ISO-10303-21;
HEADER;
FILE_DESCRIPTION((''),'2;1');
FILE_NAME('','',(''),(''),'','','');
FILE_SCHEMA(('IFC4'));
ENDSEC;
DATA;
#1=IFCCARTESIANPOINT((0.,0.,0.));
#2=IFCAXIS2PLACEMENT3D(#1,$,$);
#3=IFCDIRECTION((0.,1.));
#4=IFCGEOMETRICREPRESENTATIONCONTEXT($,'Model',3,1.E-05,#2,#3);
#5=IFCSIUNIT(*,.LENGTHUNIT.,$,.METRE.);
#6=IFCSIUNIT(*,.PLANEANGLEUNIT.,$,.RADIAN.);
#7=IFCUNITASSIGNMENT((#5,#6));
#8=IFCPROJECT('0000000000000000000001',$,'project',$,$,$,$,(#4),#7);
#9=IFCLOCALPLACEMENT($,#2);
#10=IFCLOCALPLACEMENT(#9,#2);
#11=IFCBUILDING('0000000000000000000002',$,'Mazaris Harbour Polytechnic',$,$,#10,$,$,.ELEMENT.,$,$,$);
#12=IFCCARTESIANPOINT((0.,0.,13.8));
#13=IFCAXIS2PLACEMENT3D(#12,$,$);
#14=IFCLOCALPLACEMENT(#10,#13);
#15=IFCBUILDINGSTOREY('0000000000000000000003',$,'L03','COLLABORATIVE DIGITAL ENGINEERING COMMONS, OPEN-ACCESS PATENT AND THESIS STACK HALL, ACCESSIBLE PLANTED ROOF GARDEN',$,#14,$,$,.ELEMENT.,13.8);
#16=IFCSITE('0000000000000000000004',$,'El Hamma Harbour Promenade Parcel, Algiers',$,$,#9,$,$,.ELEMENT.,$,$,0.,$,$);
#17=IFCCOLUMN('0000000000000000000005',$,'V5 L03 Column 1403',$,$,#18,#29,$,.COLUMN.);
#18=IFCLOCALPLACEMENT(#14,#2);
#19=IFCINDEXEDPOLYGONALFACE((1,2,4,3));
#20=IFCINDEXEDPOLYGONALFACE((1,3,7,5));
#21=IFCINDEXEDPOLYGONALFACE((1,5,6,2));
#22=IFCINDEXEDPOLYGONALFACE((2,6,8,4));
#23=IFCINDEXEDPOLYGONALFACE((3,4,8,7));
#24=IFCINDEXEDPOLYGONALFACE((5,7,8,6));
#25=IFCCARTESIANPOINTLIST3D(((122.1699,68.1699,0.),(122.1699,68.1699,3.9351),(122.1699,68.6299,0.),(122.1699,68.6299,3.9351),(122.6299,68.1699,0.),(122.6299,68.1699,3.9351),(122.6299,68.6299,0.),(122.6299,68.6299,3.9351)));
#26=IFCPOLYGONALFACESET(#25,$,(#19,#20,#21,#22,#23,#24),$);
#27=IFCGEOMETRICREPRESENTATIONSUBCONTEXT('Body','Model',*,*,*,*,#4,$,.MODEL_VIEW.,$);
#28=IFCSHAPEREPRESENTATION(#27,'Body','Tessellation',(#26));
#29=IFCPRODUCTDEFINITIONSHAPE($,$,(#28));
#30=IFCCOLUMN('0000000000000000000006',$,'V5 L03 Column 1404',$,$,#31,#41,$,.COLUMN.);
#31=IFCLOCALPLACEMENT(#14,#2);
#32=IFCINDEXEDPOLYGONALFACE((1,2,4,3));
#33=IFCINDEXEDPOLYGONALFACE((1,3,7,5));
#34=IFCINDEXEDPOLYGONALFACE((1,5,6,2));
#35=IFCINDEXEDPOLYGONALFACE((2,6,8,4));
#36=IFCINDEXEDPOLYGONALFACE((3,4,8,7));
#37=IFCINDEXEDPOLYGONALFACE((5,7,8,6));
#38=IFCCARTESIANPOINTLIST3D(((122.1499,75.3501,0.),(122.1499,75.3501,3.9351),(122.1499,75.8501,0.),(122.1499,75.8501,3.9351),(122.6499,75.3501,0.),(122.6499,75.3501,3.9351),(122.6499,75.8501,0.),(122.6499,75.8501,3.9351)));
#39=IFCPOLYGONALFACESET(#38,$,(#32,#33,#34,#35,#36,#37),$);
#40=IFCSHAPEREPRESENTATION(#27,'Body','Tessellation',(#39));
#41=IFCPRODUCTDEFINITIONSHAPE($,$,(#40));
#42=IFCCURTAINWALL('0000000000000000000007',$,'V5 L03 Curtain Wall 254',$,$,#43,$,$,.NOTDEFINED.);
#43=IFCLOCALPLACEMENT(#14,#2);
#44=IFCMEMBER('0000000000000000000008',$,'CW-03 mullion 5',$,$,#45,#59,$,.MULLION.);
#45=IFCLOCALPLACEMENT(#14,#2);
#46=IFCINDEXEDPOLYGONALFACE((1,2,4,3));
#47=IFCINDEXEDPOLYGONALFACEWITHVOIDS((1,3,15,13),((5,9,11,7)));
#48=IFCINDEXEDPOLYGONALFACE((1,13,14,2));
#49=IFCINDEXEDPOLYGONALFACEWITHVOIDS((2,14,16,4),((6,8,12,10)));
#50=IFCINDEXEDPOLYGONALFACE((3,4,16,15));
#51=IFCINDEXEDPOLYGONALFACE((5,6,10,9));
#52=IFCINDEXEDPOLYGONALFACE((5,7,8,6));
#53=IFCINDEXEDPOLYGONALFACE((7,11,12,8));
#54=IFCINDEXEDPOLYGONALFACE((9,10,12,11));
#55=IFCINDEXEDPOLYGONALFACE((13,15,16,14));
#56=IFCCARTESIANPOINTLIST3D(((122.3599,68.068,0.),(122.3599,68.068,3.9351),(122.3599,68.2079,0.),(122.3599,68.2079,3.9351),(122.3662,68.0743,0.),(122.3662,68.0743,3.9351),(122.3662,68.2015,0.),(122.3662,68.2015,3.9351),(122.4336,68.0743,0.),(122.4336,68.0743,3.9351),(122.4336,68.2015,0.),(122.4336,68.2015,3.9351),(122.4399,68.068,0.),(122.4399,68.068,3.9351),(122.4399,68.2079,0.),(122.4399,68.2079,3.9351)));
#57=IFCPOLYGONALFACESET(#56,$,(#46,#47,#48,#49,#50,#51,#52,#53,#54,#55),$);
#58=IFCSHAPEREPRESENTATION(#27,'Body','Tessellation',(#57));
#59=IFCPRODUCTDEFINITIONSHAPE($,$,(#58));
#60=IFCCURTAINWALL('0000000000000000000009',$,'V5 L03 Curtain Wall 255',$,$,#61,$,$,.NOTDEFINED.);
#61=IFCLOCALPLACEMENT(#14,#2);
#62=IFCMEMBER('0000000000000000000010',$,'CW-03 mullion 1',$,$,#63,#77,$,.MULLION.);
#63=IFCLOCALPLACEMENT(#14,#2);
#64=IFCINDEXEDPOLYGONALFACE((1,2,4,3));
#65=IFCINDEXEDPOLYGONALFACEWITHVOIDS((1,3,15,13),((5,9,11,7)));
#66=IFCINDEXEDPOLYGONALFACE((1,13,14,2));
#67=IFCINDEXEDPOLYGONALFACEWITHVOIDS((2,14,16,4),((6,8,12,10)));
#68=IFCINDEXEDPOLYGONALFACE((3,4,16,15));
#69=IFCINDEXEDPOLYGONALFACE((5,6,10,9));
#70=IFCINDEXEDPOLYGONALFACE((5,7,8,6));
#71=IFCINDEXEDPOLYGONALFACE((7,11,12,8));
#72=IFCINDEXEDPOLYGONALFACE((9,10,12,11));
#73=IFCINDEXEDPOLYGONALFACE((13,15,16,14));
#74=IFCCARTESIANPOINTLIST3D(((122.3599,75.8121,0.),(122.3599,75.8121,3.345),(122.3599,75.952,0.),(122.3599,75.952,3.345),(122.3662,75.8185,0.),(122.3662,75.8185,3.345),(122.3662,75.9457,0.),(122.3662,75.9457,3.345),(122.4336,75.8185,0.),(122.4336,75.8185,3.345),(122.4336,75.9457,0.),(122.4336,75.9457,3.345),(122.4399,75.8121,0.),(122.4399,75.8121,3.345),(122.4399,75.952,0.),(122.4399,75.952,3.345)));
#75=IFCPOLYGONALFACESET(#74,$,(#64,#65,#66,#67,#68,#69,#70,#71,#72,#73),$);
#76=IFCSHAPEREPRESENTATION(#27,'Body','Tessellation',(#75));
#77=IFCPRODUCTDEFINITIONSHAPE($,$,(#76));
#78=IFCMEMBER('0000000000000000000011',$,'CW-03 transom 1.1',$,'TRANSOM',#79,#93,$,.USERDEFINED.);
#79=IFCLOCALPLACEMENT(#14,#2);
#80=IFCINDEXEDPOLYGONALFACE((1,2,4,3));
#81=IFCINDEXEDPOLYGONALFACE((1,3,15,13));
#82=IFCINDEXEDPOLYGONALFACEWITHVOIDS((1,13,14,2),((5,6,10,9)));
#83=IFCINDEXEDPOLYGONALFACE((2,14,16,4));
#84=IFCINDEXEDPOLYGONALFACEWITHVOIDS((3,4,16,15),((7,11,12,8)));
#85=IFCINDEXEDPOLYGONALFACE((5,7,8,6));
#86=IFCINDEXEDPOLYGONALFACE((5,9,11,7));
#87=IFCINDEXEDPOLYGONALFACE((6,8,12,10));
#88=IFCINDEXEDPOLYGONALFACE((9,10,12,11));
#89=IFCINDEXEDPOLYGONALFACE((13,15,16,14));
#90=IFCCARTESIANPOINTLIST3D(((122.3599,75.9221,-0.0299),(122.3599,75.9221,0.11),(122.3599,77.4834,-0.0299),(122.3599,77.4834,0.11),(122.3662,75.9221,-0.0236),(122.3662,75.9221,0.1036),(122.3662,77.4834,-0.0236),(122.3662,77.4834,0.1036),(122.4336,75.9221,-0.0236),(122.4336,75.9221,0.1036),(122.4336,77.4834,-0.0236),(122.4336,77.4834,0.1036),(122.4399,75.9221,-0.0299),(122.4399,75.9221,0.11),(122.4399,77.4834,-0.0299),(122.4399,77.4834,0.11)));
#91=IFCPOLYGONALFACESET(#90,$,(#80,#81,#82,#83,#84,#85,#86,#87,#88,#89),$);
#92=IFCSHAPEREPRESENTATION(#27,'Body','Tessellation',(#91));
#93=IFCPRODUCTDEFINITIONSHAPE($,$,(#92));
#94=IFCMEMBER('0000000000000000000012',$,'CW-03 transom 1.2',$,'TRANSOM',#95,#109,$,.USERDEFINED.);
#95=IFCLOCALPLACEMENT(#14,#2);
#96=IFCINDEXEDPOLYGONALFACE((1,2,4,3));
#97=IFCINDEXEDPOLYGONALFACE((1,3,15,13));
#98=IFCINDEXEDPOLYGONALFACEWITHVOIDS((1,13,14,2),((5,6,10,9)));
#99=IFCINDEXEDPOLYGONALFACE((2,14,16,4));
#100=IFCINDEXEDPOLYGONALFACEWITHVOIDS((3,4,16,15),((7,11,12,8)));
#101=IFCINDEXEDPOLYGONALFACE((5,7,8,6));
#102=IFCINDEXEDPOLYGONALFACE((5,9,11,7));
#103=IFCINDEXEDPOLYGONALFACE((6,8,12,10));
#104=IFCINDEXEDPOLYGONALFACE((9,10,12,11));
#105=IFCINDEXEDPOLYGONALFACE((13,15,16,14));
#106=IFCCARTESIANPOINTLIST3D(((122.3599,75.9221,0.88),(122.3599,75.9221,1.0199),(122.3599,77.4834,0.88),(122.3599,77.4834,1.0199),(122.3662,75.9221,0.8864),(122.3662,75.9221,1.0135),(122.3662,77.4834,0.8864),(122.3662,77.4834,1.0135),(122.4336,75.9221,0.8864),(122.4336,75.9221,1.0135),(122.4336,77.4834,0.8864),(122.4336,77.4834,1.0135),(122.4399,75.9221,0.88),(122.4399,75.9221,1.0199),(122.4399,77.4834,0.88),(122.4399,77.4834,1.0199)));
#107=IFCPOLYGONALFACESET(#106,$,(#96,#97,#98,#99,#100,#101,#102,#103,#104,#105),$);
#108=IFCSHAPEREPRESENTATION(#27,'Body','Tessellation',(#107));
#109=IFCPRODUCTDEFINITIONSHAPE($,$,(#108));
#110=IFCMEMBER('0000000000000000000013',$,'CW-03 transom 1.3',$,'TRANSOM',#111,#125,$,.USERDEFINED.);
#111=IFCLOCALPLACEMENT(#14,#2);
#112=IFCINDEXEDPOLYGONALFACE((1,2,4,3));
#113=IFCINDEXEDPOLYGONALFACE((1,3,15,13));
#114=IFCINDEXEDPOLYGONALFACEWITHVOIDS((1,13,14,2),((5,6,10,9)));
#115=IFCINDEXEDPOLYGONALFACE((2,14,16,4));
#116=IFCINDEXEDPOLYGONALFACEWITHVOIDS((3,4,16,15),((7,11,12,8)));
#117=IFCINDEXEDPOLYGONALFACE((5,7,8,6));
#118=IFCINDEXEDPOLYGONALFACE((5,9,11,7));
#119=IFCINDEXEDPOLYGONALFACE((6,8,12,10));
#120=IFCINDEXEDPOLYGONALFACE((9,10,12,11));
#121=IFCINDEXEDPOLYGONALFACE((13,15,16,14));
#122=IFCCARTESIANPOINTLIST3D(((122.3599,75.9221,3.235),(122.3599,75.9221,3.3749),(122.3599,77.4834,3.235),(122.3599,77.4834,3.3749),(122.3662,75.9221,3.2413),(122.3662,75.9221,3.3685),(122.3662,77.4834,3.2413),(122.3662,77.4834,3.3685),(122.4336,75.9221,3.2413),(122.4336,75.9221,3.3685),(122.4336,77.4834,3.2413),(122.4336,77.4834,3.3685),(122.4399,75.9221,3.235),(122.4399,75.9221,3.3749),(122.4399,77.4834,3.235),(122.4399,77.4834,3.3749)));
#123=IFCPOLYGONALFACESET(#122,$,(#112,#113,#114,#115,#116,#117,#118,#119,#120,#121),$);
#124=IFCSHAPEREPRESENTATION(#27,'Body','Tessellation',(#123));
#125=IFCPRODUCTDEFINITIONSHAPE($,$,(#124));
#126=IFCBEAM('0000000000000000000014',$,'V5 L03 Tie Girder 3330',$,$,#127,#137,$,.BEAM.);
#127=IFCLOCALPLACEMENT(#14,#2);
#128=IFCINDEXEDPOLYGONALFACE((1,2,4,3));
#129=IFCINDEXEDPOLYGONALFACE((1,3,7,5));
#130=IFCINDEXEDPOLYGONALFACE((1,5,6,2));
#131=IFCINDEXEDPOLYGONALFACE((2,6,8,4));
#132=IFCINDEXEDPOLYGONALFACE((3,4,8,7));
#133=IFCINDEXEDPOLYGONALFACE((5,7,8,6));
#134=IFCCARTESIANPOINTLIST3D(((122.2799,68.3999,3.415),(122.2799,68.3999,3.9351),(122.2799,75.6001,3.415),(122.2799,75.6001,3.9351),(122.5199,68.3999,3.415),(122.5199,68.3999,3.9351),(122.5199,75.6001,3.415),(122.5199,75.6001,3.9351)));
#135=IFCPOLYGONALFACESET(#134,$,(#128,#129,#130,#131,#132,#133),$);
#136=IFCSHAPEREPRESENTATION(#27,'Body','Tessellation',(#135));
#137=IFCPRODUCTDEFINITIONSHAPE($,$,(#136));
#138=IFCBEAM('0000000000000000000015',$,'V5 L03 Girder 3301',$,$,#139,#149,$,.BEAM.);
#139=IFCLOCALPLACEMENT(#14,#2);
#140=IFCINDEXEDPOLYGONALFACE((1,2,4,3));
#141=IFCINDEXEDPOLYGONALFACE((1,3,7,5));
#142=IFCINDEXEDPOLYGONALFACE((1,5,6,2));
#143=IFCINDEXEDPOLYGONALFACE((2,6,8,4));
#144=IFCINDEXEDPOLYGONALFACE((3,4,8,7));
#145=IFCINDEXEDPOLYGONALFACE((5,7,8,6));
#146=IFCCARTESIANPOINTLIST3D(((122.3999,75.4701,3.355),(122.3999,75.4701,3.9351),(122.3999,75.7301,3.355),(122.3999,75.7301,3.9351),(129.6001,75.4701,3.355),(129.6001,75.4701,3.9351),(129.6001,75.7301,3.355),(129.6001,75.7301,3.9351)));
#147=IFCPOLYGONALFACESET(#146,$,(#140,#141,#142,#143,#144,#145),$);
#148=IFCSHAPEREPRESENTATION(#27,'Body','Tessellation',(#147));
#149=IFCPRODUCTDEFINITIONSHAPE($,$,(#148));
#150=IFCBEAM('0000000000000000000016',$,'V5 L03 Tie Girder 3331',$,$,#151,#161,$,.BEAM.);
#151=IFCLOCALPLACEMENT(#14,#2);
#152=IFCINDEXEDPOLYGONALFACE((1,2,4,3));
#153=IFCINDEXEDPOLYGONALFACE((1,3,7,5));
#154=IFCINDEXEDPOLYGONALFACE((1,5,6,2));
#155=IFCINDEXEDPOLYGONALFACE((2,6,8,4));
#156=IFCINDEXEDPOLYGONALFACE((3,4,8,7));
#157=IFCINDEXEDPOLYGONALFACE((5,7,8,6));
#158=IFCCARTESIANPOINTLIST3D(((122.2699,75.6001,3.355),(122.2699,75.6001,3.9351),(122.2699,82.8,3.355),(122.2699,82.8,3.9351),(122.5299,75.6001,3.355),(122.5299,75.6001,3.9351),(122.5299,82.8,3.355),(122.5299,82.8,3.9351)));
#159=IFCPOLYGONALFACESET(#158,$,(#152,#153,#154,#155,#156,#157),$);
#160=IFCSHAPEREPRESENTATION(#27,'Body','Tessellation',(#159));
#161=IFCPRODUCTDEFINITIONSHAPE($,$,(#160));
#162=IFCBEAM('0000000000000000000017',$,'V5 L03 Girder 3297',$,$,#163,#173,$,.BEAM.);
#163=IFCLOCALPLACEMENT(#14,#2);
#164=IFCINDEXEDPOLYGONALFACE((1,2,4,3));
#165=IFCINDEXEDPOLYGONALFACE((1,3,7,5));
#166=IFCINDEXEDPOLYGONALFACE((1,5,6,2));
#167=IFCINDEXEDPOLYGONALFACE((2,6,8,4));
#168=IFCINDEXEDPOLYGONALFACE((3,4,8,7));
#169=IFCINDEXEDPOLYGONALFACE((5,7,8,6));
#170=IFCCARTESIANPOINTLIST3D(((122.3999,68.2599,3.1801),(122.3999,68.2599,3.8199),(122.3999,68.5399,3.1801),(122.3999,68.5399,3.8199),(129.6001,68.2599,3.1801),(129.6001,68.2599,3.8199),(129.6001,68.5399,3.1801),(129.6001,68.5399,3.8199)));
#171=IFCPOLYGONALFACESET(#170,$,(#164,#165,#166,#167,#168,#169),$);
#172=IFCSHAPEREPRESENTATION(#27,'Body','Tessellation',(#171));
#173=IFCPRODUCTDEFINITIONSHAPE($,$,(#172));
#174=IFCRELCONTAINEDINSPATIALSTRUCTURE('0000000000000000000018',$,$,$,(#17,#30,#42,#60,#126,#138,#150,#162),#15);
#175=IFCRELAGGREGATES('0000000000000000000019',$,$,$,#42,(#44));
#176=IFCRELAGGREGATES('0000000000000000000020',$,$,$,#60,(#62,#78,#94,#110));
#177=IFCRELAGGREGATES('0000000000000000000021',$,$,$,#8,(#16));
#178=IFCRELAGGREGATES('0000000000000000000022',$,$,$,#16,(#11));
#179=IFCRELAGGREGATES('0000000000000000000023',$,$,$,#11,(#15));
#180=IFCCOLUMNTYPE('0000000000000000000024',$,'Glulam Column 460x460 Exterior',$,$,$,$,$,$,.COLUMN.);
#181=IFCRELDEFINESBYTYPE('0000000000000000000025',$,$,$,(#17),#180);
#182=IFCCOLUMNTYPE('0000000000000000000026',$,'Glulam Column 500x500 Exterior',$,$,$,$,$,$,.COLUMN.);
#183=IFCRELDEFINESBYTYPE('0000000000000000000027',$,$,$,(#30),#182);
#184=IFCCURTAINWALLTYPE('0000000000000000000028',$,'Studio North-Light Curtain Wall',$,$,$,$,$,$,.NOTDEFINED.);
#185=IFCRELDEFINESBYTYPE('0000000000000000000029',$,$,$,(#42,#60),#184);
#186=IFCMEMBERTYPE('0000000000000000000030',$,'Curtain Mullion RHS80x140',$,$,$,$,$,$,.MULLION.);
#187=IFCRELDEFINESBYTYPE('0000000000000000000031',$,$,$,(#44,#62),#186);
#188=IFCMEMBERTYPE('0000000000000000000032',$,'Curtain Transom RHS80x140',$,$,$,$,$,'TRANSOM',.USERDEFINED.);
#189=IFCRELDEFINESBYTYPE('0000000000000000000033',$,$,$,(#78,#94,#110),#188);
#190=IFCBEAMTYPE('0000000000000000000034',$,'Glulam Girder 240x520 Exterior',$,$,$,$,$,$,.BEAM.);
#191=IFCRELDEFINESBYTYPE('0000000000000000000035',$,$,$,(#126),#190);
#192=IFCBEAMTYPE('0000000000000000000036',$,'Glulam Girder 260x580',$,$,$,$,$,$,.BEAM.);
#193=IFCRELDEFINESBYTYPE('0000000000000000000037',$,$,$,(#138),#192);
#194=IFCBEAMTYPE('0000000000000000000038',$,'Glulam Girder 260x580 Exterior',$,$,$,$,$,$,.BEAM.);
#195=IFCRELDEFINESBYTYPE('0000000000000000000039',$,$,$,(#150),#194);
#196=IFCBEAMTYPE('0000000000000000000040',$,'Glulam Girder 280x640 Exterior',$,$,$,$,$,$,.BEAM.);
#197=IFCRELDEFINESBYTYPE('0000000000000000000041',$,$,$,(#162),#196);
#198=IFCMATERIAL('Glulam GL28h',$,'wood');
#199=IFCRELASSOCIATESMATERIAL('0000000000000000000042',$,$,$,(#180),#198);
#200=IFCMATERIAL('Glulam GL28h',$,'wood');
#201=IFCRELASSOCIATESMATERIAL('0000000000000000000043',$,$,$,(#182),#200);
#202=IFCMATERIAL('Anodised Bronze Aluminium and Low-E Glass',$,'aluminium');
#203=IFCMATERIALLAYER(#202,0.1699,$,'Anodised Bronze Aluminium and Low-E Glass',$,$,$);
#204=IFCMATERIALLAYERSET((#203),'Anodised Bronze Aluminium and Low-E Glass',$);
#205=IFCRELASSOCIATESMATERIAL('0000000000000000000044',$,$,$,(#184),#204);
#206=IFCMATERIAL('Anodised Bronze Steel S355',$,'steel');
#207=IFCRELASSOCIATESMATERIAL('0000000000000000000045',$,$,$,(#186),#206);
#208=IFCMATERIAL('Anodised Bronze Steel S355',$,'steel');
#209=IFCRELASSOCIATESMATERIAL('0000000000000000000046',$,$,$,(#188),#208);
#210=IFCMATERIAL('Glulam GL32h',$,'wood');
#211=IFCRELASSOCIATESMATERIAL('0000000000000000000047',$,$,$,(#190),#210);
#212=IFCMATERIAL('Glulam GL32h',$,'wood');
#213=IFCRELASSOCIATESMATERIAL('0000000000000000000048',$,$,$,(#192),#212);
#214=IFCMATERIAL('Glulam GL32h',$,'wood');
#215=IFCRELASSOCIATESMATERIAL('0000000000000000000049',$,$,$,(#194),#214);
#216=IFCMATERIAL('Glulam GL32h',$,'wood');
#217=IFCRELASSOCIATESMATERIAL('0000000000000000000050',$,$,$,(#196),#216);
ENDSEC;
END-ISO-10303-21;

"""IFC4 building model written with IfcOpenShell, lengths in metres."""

from ifc_helpers import new_model, si_unit, direction, frame, origin, origin_2d, place, context, subcontext, project, spatial, rectangle, hollow_rectangle, extrude, material, layer, layer_set, material_profile, profile_set, type_object, element, aggregate, save


model = new_model("IFC4")

# Units and contexts
model_context = context("Model", 3, precision=1e-05, world=origin(), true_north=direction((0.0, 1.0)))
body_context = subcontext(model_context, "Body", "Model", "MODEL_VIEW")
ifc_project = project(units=[si_unit("LENGTHUNIT", "METRE"), si_unit("PLANEANGLEUNIT", "RADIAN")], contexts=[model_context])

# Site, building, storey
site_placement = place(None, origin())
site = spatial("IfcSite", under=ifc_project, at=site_placement, Name="El Hamma Harbour Promenade Parcel, Algiers", CompositionType="ELEMENT", RefElevation=0.0)
building_placement = place(site_placement, origin())
building = spatial("IfcBuilding", under=site, at=building_placement, Name="Mazaris Harbour Polytechnic", CompositionType="ELEMENT")
storey_placement = place(building_placement, frame((0.0, 0.0, 13.8)))
storey = spatial("IfcBuildingStorey", under=building, at=storey_placement, Name="L03", Description="COLLABORATIVE DIGITAL ENGINEERING COMMONS, OPEN-ACCESS PATENT AND THESIS STACK HALL, ACCESSIBLE PLANTED ROOF GARDEN", CompositionType="ELEMENT", Elevation=13.8)

# Columns
ifc_material_1 = material(Name="Glulam GL28h", Category="wood")
ifc_material_profile_1 = material_profile(ifc_material_1, rectangle(XDim=0.46, YDim=0.46, at=origin_2d()), Name="RECT460x460")
ifc_profile_set_1 = profile_set([ifc_material_profile_1], Name="Glulam GL28h")
column_type_1 = type_object("IfcColumnType", Name="Glulam Column 460x460 Exterior", PredefinedType="COLUMN", material=ifc_profile_set_1)
column_1_placement = place(storey_placement, frame((122.3999, 68.3999, 0.0), z_axis=(0.0, 0.0, 1.0), x_axis=(1.0, 0.0, 0.0)))
element("IfcColumn", 1, at=column_1_placement, inside=storey, type_object=column_type_1, Name="V5 L03 Column 1403", PredefinedType="COLUMN", context=body_context, shape_type="SweptSolid", body=[
    extrude(rectangle(XDim=0.46, YDim=0.46, at=origin_2d()), origin(), (0.0, 0.0, 1.0), 3.9351),
])
ifc_material_2 = material(Name="Glulam GL28h", Category="wood")
ifc_material_profile_2 = material_profile(ifc_material_2, rectangle(XDim=0.5, YDim=0.5, at=origin_2d()), Name="RECT500x500")
ifc_profile_set_2 = profile_set([ifc_material_profile_2], Name="Glulam GL28h")
column_type_2 = type_object("IfcColumnType", Name="Glulam Column 500x500 Exterior", PredefinedType="COLUMN", material=ifc_profile_set_2)
column_2_placement = place(storey_placement, frame((122.3999, 75.6001, 0.0), z_axis=(0.0, 0.0, 1.0), x_axis=(1.0, 0.0, 0.0)))
element("IfcColumn", 2, at=column_2_placement, inside=storey, type_object=column_type_2, Name="V5 L03 Column 1404", PredefinedType="COLUMN", context=body_context, shape_type="SweptSolid", body=[
    extrude(rectangle(XDim=0.5, YDim=0.5, at=origin_2d()), origin(), (0.0, 0.0, 1.0), 3.9351),
])

# Curtain wall, member
ifc_material_3 = material(Name="Anodised Bronze Aluminium and Low-E Glass", Category="aluminium")
ifc_layer_1 = layer(ifc_material_3, 0.1699, Name="Anodised Bronze Aluminium and Low-E Glass")
ifc_layer_set_1 = layer_set([ifc_layer_1], Name="Anodised Bronze Aluminium and Low-E Glass")
curtain_wall_type = type_object("IfcCurtainWallType", Name="Studio North-Light Curtain Wall", PredefinedType="NOTDEFINED", material=ifc_layer_set_1)
curtain_wall_1_placement = place(storey_placement, origin())
curtain_wall_1 = element("IfcCurtainWall", 3, at=curtain_wall_1_placement, inside=storey, type_object=curtain_wall_type, Name="V5 L03 Curtain Wall 254", PredefinedType="NOTDEFINED")
ifc_material_4 = material(Name="Anodised Bronze Steel S355", Category="steel")
ifc_material_profile_3 = material_profile(ifc_material_4, hollow_rectangle(XDim=0.0801, YDim=0.1399, WallThickness=0.0063, at=origin_2d()), Name="RHS 80x140x6.3")
ifc_profile_set_3 = profile_set([ifc_material_profile_3], Name="Anodised Bronze Steel S355")
member_type_1 = type_object("IfcMemberType", Name="Curtain Mullion RHS80x140", PredefinedType="MULLION", material=ifc_profile_set_3)
member_1_placement = place(storey_placement, frame((122.3999, 68.1379, 0.0), z_axis=(0.0, 0.0, 1.0), x_axis=(-1.0, 0.0, 0.0)))
member_1 = element("IfcMember", 4, at=member_1_placement, type_object=member_type_1, Name="CW-03 mullion 5", PredefinedType="MULLION", context=body_context, shape_type="SweptSolid", body=[
    extrude(hollow_rectangle(XDim=0.0801, YDim=0.1399, WallThickness=0.0063, at=origin_2d()), origin(), (0.0, 0.0, 1.0), 3.9351),
])

# Curtain wall, members
curtain_wall_2_placement = place(storey_placement, origin())
curtain_wall_2 = element("IfcCurtainWall", 5, at=curtain_wall_2_placement, inside=storey, type_object=curtain_wall_type, Name="V5 L03 Curtain Wall 255", PredefinedType="NOTDEFINED")
member_2_placement = place(storey_placement, frame((122.3999, 75.8821, 0.0), z_axis=(0.0, 0.0, 1.0), x_axis=(-1.0, 0.0, 0.0)))
member_2 = element("IfcMember", 6, at=member_2_placement, type_object=member_type_1, Name="CW-03 mullion 1", PredefinedType="MULLION", context=body_context, shape_type="SweptSolid", body=[
    extrude(hollow_rectangle(XDim=0.0801, YDim=0.1399, WallThickness=0.0063, at=origin_2d()), origin(), (0.0, 0.0, 1.0), 3.345),
])
ifc_material_5 = material(Name="Anodised Bronze Steel S355", Category="steel")
ifc_material_profile_4 = material_profile(ifc_material_5, hollow_rectangle(XDim=0.0801, YDim=0.1399, WallThickness=0.0063, at=origin_2d()), Name="RHS 80x140x6.3")
ifc_profile_set_4 = profile_set([ifc_material_profile_4], Name="Anodised Bronze Steel S355")
member_type_2 = type_object("IfcMemberType", Name="Curtain Transom RHS80x140", ElementType="TRANSOM", PredefinedType="USERDEFINED", material=ifc_profile_set_4)
member_3_placement = place(storey_placement, frame((122.3999, 75.9221, 0.04), z_axis=(0.0, 1.0, 0.0), x_axis=(-1.0, 0.0, 0.0)))
member_3 = element("IfcMember", 7, at=member_3_placement, type_object=member_type_2, Name="CW-03 transom 1.1", ObjectType="TRANSOM", PredefinedType="USERDEFINED", context=body_context, shape_type="SweptSolid", body=[
    extrude(hollow_rectangle(XDim=0.0801, YDim=0.1399, WallThickness=0.0063, at=origin_2d()), origin(), (0.0, 0.0, 1.0), 1.5613),
])
member_4_placement = place(storey_placement, frame((122.3999, 75.9221, 0.95), z_axis=(0.0, 1.0, 0.0), x_axis=(-1.0, 0.0, 0.0)))
member_4 = element("IfcMember", 8, at=member_4_placement, type_object=member_type_2, Name="CW-03 transom 1.2", ObjectType="TRANSOM", PredefinedType="USERDEFINED", context=body_context, shape_type="SweptSolid", body=[
    extrude(hollow_rectangle(XDim=0.0801, YDim=0.1399, WallThickness=0.0063, at=origin_2d()), origin(), (0.0, 0.0, 1.0), 1.5613),
])
member_5_placement = place(storey_placement, frame((122.3999, 75.9221, 3.3049), z_axis=(0.0, 1.0, 0.0), x_axis=(-1.0, 0.0, 0.0)))
member_5 = element("IfcMember", 9, at=member_5_placement, type_object=member_type_2, Name="CW-03 transom 1.3", ObjectType="TRANSOM", PredefinedType="USERDEFINED", context=body_context, shape_type="SweptSolid", body=[
    extrude(hollow_rectangle(XDim=0.0801, YDim=0.1399, WallThickness=0.0063, at=origin_2d()), origin(), (0.0, 0.0, 1.0), 1.5613),
])

# Beams
ifc_material_6 = material(Name="Glulam GL32h", Category="wood")
ifc_material_profile_5 = material_profile(ifc_material_6, rectangle(XDim=0.24, YDim=0.52, at=origin_2d()), Name="RECT240x520")
ifc_profile_set_5 = profile_set([ifc_material_profile_5], Name="Glulam GL32h")
beam_type_1 = type_object("IfcBeamType", Name="Glulam Girder 240x520 Exterior", PredefinedType="BEAM", material=ifc_profile_set_5)
beam_1_placement = place(storey_placement, frame((122.3999, 68.3999, 3.675), z_axis=(0.0, 1.0, 0.0), x_axis=(-1.0, 0.0, 0.0)))
element("IfcBeam", 10, at=beam_1_placement, inside=storey, type_object=beam_type_1, Name="V5 L03 Tie Girder 3330", PredefinedType="BEAM", context=body_context, shape_type="SweptSolid", body=[
    extrude(rectangle(XDim=0.24, YDim=0.52, at=origin_2d()), origin(), (0.0, 0.0, 1.0), 7.2002),
])
ifc_material_7 = material(Name="Glulam GL32h", Category="wood")
ifc_material_profile_6 = material_profile(ifc_material_7, rectangle(XDim=0.26, YDim=0.5801, at=origin_2d()), Name="RECT260x580")
ifc_profile_set_6 = profile_set([ifc_material_profile_6], Name="Glulam GL32h")
beam_type_2 = type_object("IfcBeamType", Name="Glulam Girder 260x580", PredefinedType="BEAM", material=ifc_profile_set_6)
beam_2_placement = place(storey_placement, frame((122.3999, 75.6001, 3.645), z_axis=(1.0, 0.0, 0.0), x_axis=(0.0, 1.0, 0.0)))
element("IfcBeam", 11, at=beam_2_placement, inside=storey, type_object=beam_type_2, Name="V5 L03 Girder 3301", PredefinedType="BEAM", context=body_context, shape_type="SweptSolid", body=[
    extrude(rectangle(XDim=0.26, YDim=0.5801, at=origin_2d()), origin(), (0.0, 0.0, 1.0), 7.2002),
])
ifc_material_8 = material(Name="Glulam GL32h", Category="wood")
ifc_material_profile_7 = material_profile(ifc_material_8, rectangle(XDim=0.26, YDim=0.5801, at=origin_2d()), Name="RECT260x580")
ifc_profile_set_7 = profile_set([ifc_material_profile_7], Name="Glulam GL32h")
beam_type_3 = type_object("IfcBeamType", Name="Glulam Girder 260x580 Exterior", PredefinedType="BEAM", material=ifc_profile_set_7)
beam_3_placement = place(storey_placement, frame((122.3999, 75.6001, 3.645), z_axis=(0.0, 1.0, 0.0), x_axis=(-1.0, 0.0, 0.0)))
element("IfcBeam", 12, at=beam_3_placement, inside=storey, type_object=beam_type_3, Name="V5 L03 Tie Girder 3331", PredefinedType="BEAM", context=body_context, shape_type="SweptSolid", body=[
    extrude(rectangle(XDim=0.26, YDim=0.5801, at=origin_2d()), origin(), (0.0, 0.0, 1.0), 7.2),
])
ifc_material_9 = material(Name="Glulam GL32h", Category="wood")
ifc_material_profile_8 = material_profile(ifc_material_9, rectangle(XDim=0.28, YDim=0.6399, at=origin_2d()), Name="RECT280x640")
ifc_profile_set_8 = profile_set([ifc_material_profile_8], Name="Glulam GL32h")
beam_type_4 = type_object("IfcBeamType", Name="Glulam Girder 280x640 Exterior", PredefinedType="BEAM", material=ifc_profile_set_8)
beam_4_placement = place(storey_placement, frame((122.3999, 68.3999, 3.5), z_axis=(1.0, 0.0, 0.0), x_axis=(0.0, 1.0, 0.0)))
element("IfcBeam", 13, at=beam_4_placement, inside=storey, type_object=beam_type_4, Name="V5 L03 Girder 3297", PredefinedType="BEAM", context=body_context, shape_type="SweptSolid", body=[
    extrude(rectangle(XDim=0.28, YDim=0.6399, at=origin_2d()), origin(), (0.0, 0.0, 1.0), 7.2002),
])

aggregate(curtain_wall_1, [member_1])
aggregate(curtain_wall_2, [member_2, member_3, member_4, member_5])

save(model, "model.ifc")
